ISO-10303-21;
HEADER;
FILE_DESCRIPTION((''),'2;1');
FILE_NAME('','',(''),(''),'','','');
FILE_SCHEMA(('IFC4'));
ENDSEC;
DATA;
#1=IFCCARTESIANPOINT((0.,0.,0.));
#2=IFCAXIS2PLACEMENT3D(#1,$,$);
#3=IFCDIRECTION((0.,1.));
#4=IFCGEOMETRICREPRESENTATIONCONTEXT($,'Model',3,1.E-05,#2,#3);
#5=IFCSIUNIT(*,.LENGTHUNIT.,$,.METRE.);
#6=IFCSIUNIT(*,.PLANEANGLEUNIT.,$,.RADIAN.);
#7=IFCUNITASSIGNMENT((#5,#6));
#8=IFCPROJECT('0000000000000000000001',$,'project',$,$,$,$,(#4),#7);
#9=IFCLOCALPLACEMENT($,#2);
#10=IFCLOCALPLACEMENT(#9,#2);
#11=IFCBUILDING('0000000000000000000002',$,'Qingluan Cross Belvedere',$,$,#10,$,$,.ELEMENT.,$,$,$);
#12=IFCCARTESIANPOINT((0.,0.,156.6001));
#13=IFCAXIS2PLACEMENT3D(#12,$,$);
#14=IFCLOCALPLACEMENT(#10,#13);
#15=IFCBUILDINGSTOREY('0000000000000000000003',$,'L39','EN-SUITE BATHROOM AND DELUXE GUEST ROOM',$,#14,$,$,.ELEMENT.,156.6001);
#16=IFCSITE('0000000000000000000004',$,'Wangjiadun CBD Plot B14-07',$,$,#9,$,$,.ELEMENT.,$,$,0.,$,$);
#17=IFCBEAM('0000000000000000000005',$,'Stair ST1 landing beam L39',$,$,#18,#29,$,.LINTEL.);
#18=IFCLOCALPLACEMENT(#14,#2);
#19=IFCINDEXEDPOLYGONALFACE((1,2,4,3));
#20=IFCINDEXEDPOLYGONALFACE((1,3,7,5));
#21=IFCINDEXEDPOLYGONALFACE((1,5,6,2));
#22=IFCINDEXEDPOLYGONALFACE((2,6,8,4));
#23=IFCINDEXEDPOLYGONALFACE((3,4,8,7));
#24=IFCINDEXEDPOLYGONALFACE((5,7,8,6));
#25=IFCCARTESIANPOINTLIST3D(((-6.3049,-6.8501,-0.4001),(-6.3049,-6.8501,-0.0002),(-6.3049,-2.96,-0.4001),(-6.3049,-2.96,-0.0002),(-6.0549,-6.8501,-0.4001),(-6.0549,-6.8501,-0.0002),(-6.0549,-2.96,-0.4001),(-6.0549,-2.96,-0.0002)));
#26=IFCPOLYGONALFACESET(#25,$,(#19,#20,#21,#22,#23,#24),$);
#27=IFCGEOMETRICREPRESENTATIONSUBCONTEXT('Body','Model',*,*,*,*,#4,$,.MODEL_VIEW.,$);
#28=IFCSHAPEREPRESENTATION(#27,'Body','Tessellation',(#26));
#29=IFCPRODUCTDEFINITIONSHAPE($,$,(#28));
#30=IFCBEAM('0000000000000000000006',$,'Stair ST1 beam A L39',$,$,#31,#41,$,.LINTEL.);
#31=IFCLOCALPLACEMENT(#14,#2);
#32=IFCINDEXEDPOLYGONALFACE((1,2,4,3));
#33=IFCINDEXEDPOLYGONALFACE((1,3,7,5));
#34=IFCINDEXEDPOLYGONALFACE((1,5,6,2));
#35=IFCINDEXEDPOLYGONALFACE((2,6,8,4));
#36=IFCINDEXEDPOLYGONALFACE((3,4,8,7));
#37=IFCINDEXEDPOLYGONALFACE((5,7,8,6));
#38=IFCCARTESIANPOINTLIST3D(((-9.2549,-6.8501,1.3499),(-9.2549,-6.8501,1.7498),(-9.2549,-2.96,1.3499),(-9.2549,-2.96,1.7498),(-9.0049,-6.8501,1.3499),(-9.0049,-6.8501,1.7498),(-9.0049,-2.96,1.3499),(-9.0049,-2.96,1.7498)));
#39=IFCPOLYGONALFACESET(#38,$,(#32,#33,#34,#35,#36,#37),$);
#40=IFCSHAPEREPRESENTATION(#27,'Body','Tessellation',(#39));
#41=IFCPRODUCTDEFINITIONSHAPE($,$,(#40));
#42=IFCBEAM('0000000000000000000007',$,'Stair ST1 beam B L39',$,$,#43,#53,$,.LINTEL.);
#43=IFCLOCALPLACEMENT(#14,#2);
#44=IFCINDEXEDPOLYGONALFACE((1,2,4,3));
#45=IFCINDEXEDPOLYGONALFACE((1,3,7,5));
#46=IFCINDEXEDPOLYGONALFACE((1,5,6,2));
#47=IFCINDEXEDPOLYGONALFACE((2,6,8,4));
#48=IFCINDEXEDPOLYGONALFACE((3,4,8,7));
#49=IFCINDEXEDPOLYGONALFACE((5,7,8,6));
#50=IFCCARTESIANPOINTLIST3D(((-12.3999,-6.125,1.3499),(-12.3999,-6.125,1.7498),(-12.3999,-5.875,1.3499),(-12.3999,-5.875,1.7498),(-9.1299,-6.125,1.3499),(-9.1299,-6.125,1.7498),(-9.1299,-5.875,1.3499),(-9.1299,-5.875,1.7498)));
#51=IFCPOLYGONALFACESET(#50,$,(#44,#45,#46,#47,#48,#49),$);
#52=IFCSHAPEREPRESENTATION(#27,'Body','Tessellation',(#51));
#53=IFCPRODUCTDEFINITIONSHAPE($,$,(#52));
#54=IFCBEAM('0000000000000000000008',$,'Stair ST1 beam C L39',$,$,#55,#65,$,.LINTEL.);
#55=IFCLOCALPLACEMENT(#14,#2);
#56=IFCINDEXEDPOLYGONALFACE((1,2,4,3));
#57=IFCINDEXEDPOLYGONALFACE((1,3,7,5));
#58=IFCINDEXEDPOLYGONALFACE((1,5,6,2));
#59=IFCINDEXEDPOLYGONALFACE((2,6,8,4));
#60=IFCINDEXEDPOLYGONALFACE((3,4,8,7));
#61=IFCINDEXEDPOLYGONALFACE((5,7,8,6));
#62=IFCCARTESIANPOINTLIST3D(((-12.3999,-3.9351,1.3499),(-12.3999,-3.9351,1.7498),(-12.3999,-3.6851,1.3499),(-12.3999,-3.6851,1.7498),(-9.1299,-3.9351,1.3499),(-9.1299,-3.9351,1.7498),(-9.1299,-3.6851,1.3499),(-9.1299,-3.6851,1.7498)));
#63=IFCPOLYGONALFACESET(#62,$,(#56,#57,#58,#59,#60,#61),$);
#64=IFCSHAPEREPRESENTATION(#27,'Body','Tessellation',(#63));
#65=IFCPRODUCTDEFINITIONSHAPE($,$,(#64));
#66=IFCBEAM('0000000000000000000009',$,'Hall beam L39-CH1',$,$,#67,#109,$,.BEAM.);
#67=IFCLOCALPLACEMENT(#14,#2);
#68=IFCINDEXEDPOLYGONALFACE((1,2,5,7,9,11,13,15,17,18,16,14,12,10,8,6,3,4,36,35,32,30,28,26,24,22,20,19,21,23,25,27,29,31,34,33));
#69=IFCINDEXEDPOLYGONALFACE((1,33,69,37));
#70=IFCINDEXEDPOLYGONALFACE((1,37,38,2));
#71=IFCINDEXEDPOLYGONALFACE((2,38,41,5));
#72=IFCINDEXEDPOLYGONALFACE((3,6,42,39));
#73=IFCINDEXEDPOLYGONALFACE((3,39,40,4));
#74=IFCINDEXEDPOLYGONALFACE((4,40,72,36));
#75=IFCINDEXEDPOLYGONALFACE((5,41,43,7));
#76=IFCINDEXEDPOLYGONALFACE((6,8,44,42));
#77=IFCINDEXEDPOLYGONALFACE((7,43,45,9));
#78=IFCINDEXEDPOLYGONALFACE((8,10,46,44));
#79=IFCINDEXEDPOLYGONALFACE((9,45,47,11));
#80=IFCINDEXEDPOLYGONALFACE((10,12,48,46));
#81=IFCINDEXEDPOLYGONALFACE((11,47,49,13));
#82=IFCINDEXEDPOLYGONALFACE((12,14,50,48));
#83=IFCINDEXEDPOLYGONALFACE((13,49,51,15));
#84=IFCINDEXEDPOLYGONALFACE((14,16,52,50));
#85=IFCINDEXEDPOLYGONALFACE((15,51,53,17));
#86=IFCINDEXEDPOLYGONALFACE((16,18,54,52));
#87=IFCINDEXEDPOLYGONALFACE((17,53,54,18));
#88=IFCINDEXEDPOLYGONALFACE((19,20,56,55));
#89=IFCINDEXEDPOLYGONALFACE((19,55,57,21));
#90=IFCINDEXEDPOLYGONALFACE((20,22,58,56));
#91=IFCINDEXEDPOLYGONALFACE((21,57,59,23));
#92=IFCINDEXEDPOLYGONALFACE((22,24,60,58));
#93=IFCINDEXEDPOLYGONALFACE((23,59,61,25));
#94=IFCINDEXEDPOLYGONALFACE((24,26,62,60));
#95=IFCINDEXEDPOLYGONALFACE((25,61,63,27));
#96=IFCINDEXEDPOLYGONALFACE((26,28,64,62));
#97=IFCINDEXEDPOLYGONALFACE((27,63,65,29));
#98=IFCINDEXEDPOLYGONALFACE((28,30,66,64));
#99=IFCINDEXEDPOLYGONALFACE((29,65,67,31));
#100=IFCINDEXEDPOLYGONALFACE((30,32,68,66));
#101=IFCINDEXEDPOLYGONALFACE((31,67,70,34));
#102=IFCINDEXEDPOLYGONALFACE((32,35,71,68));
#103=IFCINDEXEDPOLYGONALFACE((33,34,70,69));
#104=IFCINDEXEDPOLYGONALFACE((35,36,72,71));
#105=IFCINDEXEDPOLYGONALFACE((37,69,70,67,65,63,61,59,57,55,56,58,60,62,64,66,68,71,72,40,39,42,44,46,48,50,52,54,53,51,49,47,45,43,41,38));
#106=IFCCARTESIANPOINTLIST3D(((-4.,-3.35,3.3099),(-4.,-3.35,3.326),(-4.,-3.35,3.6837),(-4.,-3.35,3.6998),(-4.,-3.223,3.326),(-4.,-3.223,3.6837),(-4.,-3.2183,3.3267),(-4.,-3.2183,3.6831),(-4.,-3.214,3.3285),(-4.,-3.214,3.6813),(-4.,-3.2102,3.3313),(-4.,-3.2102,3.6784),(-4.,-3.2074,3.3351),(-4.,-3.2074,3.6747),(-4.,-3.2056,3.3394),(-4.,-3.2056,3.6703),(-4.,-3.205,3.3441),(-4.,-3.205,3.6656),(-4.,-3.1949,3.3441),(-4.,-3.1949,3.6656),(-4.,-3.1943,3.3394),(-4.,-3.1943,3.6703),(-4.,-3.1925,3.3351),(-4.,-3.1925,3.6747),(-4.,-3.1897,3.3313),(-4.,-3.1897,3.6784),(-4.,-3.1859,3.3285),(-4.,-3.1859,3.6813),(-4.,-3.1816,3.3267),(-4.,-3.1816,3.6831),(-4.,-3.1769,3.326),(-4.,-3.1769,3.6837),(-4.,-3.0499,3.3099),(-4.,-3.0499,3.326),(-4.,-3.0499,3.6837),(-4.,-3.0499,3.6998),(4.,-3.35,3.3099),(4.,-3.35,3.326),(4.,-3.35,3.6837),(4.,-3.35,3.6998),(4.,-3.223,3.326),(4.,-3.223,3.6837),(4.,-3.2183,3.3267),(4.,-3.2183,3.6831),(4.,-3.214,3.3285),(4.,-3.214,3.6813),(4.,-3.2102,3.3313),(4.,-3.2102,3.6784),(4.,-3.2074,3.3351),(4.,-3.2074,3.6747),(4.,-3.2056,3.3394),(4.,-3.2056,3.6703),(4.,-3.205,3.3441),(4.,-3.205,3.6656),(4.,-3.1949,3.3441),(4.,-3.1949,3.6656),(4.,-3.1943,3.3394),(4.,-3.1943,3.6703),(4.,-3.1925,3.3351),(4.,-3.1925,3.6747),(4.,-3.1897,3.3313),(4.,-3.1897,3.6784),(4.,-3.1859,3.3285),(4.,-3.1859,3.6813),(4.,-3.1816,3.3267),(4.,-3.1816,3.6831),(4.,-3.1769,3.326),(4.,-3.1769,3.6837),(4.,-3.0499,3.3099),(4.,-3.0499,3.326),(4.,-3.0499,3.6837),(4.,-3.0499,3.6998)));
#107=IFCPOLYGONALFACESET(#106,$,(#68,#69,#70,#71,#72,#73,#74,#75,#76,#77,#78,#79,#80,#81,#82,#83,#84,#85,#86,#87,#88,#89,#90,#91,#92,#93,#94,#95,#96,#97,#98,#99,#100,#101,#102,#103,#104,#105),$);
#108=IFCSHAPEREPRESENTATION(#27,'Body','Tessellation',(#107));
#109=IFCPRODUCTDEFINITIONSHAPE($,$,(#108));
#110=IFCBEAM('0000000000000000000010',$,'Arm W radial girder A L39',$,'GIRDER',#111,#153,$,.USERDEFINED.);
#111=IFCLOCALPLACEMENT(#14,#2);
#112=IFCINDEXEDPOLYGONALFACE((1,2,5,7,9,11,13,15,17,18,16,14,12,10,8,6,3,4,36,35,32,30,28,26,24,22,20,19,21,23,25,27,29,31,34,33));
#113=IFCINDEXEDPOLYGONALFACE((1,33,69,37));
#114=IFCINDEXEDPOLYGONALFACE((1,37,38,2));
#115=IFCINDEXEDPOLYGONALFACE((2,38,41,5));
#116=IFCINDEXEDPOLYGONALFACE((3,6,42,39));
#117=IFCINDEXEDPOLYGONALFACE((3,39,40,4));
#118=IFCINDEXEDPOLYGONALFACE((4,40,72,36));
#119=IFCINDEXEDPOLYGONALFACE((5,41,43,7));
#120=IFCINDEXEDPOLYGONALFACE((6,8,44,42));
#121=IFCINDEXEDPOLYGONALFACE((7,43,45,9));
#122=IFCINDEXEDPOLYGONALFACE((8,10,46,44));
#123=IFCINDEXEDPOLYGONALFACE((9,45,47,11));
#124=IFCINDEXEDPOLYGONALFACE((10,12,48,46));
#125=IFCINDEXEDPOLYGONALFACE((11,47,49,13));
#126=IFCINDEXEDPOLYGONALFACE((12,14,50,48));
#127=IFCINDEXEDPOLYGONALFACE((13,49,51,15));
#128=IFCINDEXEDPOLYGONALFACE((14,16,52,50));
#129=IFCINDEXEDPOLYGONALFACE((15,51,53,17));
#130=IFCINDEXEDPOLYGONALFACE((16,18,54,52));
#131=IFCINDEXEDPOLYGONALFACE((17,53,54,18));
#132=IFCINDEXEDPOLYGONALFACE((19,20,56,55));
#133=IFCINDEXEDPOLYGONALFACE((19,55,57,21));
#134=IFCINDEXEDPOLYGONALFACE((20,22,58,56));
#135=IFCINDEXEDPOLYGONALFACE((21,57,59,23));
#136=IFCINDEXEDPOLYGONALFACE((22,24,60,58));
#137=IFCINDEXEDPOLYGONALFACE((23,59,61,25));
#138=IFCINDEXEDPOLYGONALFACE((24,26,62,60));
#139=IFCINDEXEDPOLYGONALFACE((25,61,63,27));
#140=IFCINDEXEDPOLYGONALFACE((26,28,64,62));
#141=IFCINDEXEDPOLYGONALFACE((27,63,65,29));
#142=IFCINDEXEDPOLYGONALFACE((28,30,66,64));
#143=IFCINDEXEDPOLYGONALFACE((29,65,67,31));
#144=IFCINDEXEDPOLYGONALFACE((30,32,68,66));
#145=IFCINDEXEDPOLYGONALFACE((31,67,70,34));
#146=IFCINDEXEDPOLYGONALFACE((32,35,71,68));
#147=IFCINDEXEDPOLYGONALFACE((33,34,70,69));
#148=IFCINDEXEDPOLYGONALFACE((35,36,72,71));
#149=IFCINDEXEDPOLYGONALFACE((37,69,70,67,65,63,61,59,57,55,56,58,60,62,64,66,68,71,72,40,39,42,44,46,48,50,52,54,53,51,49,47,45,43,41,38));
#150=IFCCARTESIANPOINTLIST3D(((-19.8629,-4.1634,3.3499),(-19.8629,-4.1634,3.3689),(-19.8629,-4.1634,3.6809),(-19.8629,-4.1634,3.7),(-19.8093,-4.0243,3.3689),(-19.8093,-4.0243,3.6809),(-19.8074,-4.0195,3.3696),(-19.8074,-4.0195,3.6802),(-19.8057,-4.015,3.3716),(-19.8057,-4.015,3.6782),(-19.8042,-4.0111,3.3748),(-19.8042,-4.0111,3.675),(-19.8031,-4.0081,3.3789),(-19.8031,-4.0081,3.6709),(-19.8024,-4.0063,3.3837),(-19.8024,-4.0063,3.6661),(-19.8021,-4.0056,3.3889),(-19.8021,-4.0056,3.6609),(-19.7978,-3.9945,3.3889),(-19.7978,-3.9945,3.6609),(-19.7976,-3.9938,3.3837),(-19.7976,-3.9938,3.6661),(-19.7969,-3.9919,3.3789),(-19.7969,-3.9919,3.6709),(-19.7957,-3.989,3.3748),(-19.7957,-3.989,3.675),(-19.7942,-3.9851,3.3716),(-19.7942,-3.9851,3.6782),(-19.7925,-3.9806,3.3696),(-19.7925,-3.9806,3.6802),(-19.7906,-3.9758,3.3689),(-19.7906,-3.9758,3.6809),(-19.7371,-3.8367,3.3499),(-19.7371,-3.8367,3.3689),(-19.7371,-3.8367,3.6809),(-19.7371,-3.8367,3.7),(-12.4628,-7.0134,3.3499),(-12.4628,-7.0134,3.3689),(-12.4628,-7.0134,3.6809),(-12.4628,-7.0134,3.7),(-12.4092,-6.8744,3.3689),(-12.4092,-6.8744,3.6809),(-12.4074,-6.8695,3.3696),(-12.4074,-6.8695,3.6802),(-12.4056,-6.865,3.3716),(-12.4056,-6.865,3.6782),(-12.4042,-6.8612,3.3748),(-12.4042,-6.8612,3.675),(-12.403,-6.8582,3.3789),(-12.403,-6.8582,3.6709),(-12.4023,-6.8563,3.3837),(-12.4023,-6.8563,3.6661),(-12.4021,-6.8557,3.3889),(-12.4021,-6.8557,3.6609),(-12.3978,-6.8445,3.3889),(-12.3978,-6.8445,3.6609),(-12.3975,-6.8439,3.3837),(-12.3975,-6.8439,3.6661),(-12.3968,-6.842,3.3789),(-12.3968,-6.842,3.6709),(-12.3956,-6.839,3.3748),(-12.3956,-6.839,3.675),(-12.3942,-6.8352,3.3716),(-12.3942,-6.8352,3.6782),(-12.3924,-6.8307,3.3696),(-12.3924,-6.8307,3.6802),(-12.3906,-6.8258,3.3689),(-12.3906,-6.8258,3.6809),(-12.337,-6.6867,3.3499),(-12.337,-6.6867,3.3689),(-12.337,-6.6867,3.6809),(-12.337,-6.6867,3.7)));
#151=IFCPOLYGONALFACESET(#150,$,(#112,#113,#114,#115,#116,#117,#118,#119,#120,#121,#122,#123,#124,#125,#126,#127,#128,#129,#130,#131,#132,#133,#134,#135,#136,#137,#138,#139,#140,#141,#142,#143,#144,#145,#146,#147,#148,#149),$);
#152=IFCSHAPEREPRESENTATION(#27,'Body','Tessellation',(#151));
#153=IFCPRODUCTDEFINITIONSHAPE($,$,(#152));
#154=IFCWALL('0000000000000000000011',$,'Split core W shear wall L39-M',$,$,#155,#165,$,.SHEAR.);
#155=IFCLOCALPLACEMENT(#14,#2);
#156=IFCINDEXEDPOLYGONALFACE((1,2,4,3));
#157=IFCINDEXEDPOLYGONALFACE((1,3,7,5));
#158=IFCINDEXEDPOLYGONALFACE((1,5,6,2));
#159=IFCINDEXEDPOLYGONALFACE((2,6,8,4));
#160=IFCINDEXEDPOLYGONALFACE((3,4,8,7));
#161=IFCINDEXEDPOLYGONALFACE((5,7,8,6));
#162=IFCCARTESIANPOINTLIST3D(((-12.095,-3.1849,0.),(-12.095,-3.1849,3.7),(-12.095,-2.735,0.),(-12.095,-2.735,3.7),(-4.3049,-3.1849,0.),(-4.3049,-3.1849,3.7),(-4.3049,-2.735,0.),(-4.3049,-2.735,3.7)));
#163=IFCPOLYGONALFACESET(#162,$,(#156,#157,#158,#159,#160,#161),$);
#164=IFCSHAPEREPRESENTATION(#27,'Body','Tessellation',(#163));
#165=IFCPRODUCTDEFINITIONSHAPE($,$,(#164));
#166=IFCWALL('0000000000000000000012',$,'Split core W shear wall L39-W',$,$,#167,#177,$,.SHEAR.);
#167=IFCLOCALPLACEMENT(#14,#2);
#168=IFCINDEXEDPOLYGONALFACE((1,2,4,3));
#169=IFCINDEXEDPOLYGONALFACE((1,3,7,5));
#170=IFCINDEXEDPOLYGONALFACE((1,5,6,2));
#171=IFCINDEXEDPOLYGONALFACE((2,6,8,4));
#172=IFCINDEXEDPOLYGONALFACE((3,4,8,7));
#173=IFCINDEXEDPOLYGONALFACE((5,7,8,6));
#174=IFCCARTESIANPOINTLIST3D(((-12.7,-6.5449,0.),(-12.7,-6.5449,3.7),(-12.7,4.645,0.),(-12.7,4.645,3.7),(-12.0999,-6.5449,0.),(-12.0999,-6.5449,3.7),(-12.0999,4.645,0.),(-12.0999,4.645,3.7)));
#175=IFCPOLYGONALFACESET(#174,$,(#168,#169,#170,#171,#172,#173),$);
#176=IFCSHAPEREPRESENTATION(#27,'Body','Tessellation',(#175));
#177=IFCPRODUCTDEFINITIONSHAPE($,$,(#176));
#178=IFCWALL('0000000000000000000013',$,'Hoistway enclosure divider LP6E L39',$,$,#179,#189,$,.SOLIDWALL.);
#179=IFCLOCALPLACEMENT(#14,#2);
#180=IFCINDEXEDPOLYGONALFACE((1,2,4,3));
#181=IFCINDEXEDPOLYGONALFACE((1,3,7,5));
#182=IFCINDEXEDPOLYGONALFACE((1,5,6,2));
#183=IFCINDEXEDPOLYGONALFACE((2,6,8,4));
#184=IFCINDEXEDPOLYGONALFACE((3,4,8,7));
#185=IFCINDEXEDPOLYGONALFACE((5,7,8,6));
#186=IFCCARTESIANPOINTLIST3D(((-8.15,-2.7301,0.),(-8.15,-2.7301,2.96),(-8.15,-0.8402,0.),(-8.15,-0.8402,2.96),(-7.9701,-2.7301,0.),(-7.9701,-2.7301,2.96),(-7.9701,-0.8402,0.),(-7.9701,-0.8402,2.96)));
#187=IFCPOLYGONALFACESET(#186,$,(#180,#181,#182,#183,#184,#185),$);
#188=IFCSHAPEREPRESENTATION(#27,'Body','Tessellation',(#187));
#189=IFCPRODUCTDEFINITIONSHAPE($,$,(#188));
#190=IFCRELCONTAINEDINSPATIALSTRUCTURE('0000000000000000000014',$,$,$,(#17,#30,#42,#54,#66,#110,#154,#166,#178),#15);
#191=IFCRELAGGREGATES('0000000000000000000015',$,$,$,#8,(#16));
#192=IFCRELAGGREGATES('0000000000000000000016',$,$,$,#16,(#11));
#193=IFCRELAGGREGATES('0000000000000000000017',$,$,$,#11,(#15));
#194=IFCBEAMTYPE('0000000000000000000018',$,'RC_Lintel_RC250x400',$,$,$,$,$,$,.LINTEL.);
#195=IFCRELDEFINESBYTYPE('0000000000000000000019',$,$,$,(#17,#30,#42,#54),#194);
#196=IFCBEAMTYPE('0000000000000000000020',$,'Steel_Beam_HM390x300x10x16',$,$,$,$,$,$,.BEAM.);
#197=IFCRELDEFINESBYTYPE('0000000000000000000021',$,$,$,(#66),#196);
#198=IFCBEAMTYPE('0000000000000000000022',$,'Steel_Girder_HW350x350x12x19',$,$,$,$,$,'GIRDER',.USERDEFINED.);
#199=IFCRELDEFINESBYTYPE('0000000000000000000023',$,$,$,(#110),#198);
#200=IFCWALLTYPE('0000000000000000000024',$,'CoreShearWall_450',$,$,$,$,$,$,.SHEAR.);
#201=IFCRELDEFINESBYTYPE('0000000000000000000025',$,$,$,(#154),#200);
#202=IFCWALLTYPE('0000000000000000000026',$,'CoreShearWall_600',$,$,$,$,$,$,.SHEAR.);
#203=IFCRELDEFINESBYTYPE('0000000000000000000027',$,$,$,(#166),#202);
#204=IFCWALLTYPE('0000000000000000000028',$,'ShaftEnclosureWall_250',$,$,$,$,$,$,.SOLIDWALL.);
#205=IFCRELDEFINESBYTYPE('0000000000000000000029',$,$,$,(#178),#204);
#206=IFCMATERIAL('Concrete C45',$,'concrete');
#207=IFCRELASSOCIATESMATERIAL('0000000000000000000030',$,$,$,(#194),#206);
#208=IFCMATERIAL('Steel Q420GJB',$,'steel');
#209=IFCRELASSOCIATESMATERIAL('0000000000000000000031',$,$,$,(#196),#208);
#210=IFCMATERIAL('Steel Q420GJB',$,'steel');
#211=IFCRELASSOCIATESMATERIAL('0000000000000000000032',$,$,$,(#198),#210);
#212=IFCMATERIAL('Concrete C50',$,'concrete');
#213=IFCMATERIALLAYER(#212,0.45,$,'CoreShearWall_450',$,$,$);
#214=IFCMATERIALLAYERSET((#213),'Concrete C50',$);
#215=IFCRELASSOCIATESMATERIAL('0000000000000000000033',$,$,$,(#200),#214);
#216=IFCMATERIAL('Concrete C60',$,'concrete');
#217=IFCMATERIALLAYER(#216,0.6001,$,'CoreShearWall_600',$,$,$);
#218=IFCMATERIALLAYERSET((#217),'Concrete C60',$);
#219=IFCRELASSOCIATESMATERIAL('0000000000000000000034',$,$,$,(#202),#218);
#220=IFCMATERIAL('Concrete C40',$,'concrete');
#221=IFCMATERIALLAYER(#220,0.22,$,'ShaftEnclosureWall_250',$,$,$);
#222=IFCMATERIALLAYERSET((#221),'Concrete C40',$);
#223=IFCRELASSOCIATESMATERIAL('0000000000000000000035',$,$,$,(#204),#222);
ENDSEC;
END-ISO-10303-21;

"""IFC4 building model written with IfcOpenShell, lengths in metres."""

from ifc_helpers import new_model, si_unit, direction, frame, frame_2d, origin, origin_2d, place, context, subcontext, project, spatial, rectangle, i_section, extrude, material, layer, layer_set, material_profile, profile_set, type_object, element, save


model = new_model("IFC4")

# Units and contexts
model_context = context("Model", 3, precision=1e-05, world=origin(), true_north=direction((0.0, 1.0)))
body_context = subcontext(model_context, "Body", "Model", "MODEL_VIEW")
ifc_project = project(units=[si_unit("LENGTHUNIT", "METRE"), si_unit("PLANEANGLEUNIT", "RADIAN")], contexts=[model_context])

# Site, building, storey
site_placement = place(None, origin())
site = spatial("IfcSite", under=ifc_project, at=site_placement, Name="Wangjiadun CBD Plot B14-07", CompositionType="ELEMENT", RefElevation=0.0)
building_placement = place(site_placement, origin())
building = spatial("IfcBuilding", under=site, at=building_placement, Name="Qingluan Cross Belvedere", CompositionType="ELEMENT")
storey_placement = place(building_placement, frame((0.0, 0.0, 156.6001)))
storey = spatial("IfcBuildingStorey", under=building, at=storey_placement, Name="L39", Description="EN-SUITE BATHROOM AND DELUXE GUEST ROOM", CompositionType="ELEMENT", Elevation=156.6001)

# Beams
ifc_material_1 = material(Name="Concrete C45", Category="concrete")
ifc_material_profile_1 = material_profile(ifc_material_1, rectangle(XDim=0.25, YDim=0.3999, at=origin_2d()), Name="RC250x400")
ifc_profile_set_1 = profile_set([ifc_material_profile_1], Name="Concrete C45")
beam_type_1 = type_object("IfcBeamType", Name="RC_Lintel_RC250x400", PredefinedType="LINTEL", material=ifc_profile_set_1)
for number, where, z_axis, x_axis, name in (
    (1, (-6.1799, -6.8501, -0.2002), (0.0, 1.0, 0.0), (-1.0, 0.0, 0.0), "Stair ST1 landing beam L39"),
    (2, (-9.1299, -6.8501, 1.5498), (0.0, 1.0, 0.0), (-1.0, 0.0, 0.0), "Stair ST1 beam A L39"),
):
    element("IfcBeam", number, at=place(storey_placement, frame(where, z_axis=z_axis, x_axis=x_axis)), inside=storey, type_object=beam_type_1, Name=name, PredefinedType="LINTEL", context=body_context, shape_type="SweptSolid", body=[
        extrude(rectangle(XDim=0.25, YDim=0.3999, at=origin_2d()), origin(), (0.0, 0.0, 1.0), 3.8901),
    ])
for number, where, z_axis, x_axis, name in (
    (3, (-12.3999, -6.0, 1.5498), (1.0, 0.0, 0.0), (0.0, 1.0, 0.0), "Stair ST1 beam B L39"),
    (4, (-12.3999, -3.8101, 1.5498), (1.0, 0.0, 0.0), (0.0, 1.0, 0.0), "Stair ST1 beam C L39"),
):
    element("IfcBeam", number, at=place(storey_placement, frame(where, z_axis=z_axis, x_axis=x_axis)), inside=storey, type_object=beam_type_1, Name=name, PredefinedType="LINTEL", context=body_context, shape_type="SweptSolid", body=[
        extrude(rectangle(XDim=0.25, YDim=0.3999, at=origin_2d()), origin(), (0.0, 0.0, 1.0), 3.27),
    ])
ifc_material_2 = material(Name="Steel Q420GJB", Category="steel")
ifc_material_profile_2 = material_profile(ifc_material_2, i_section(OverallWidth=0.3, OverallDepth=0.3899, WebThickness=0.01, FlangeThickness=0.0161, FilletRadius=0.0181, at=origin_2d()), Name="HM390x300x10x16")
ifc_profile_set_2 = profile_set([ifc_material_profile_2], Name="Steel Q420GJB")
beam_type_2 = type_object("IfcBeamType", Name="Steel_Beam_HM390x300x10x16", PredefinedType="BEAM", material=ifc_profile_set_2)
beam_1_placement = place(storey_placement, frame((-4.0, -3.2, 3.5049), z_axis=(1.0, 0.0, 0.0), x_axis=(0.0, 1.0, 0.0)))
element("IfcBeam", 5, at=beam_1_placement, inside=storey, type_object=beam_type_2, Name="Hall beam L39-CH1", PredefinedType="BEAM", context=body_context, shape_type="SweptSolid", body=[
    extrude(i_section(OverallWidth=0.3, OverallDepth=0.3899, WebThickness=0.01, FlangeThickness=0.0161, FilletRadius=0.0181, at=origin_2d()), origin(), (0.0, 0.0, 1.0), 8.0),
])
ifc_material_3 = material(Name="Steel Q420GJB", Category="steel")
ifc_material_profile_3 = material_profile(ifc_material_3, i_section(OverallWidth=0.3501, OverallDepth=0.3501, WebThickness=0.012, FlangeThickness=0.019, FilletRadius=0.02, at=origin_2d()), Name="HW350x350x12x19")
ifc_profile_set_3 = profile_set([ifc_material_profile_3], Name="Steel Q420GJB")
beam_type_3 = type_object("IfcBeamType", Name="Steel_Girder_HW350x350x12x19", ElementType="GIRDER", PredefinedType="USERDEFINED", material=ifc_profile_set_3)
beam_2_placement = place(storey_placement, frame((-12.3999, -6.8501, 3.5249), z_axis=(-0.933181, 0.359406, 0.0), x_axis=(-0.359406, -0.933181, 0.0)))
element("IfcBeam", 6, at=beam_2_placement, inside=storey, type_object=beam_type_3, Name="Arm W radial girder A L39", ObjectType="GIRDER", PredefinedType="USERDEFINED", context=body_context, shape_type="SweptSolid", body=[
    extrude(i_section(OverallWidth=0.3501, OverallDepth=0.3501, WebThickness=0.012, FlangeThickness=0.019, FilletRadius=0.02, at=origin_2d()), origin(), (0.0, 0.0, 1.0), 7.9299),
])

# Walls
ifc_material_4 = material(Name="Concrete C50", Category="concrete")
ifc_layer_1 = layer(ifc_material_4, 0.45, Name="CoreShearWall_450")
ifc_layer_set_1 = layer_set([ifc_layer_1], Name="Concrete C50")
wall_type_1 = type_object("IfcWallType", Name="CoreShearWall_450", PredefinedType="SHEAR", material=ifc_layer_set_1)
wall_1_placement = place(storey_placement, frame((-12.095, -2.96, 0.0), z_axis=(0.0, 0.0, 1.0), x_axis=(1.0, 0.0, 0.0)))
element("IfcWall", 7, at=wall_1_placement, inside=storey, type_object=wall_type_1, Name="Split core W shear wall L39-M", PredefinedType="SHEAR", context=body_context, shape_type="SweptSolid", body=[
    extrude(rectangle(XDim=7.79, YDim=0.45, at=frame_2d((3.895, 0.0))), origin(), (0.0, 0.0, 1.0), 3.7),
])
ifc_material_5 = material(Name="Concrete C60", Category="concrete")
ifc_layer_2 = layer(ifc_material_5, 0.6001, Name="CoreShearWall_600")
ifc_layer_set_2 = layer_set([ifc_layer_2], Name="Concrete C60")
wall_type_2 = type_object("IfcWallType", Name="CoreShearWall_600", PredefinedType="SHEAR", material=ifc_layer_set_2)
wall_2_placement = place(storey_placement, frame((-12.3999, -6.5449, 0.0), z_axis=(0.0, 0.0, 1.0), x_axis=(0.0, 1.0, 0.0)))
element("IfcWall", 8, at=wall_2_placement, inside=storey, type_object=wall_type_2, Name="Split core W shear wall L39-W", PredefinedType="SHEAR", context=body_context, shape_type="SweptSolid", body=[
    extrude(rectangle(XDim=11.1899, YDim=0.6001, at=frame_2d((5.595, 0.0))), origin(), (0.0, 0.0, 1.0), 3.7),
])

# Shared definitions
ifc_material_6 = material(Name="Concrete C40", Category="concrete")
ifc_layer_3 = layer(ifc_material_6, 0.22, Name="ShaftEnclosureWall_250")
ifc_layer_set_3 = layer_set([ifc_layer_3], Name="Concrete C40")
wall_type_3 = type_object("IfcWallType", Name="ShaftEnclosureWall_250", PredefinedType="SOLIDWALL", material=ifc_layer_set_3)

# Wall
for number, where, z_axis, x_axis, name in (
    (9, (-8.0601, -2.73, 0.0), (0.0, 0.0, 1.0), (0.0, 1.0, 0.0), "Hoistway enclosure divider LP6E L39"),
):
    element("IfcWall", number, at=place(storey_placement, frame(where, z_axis=z_axis, x_axis=x_axis)), inside=storey, type_object=wall_type_3, Name=name, PredefinedType="SOLIDWALL", context=body_context, shape_type="SweptSolid", body=[
        extrude(rectangle(XDim=1.8899, YDim=0.1799, at=frame_2d((0.9448, 0.0))), origin(), (0.0, 0.0, 1.0), 2.96),
    ])

save(model, "model.ifc")
